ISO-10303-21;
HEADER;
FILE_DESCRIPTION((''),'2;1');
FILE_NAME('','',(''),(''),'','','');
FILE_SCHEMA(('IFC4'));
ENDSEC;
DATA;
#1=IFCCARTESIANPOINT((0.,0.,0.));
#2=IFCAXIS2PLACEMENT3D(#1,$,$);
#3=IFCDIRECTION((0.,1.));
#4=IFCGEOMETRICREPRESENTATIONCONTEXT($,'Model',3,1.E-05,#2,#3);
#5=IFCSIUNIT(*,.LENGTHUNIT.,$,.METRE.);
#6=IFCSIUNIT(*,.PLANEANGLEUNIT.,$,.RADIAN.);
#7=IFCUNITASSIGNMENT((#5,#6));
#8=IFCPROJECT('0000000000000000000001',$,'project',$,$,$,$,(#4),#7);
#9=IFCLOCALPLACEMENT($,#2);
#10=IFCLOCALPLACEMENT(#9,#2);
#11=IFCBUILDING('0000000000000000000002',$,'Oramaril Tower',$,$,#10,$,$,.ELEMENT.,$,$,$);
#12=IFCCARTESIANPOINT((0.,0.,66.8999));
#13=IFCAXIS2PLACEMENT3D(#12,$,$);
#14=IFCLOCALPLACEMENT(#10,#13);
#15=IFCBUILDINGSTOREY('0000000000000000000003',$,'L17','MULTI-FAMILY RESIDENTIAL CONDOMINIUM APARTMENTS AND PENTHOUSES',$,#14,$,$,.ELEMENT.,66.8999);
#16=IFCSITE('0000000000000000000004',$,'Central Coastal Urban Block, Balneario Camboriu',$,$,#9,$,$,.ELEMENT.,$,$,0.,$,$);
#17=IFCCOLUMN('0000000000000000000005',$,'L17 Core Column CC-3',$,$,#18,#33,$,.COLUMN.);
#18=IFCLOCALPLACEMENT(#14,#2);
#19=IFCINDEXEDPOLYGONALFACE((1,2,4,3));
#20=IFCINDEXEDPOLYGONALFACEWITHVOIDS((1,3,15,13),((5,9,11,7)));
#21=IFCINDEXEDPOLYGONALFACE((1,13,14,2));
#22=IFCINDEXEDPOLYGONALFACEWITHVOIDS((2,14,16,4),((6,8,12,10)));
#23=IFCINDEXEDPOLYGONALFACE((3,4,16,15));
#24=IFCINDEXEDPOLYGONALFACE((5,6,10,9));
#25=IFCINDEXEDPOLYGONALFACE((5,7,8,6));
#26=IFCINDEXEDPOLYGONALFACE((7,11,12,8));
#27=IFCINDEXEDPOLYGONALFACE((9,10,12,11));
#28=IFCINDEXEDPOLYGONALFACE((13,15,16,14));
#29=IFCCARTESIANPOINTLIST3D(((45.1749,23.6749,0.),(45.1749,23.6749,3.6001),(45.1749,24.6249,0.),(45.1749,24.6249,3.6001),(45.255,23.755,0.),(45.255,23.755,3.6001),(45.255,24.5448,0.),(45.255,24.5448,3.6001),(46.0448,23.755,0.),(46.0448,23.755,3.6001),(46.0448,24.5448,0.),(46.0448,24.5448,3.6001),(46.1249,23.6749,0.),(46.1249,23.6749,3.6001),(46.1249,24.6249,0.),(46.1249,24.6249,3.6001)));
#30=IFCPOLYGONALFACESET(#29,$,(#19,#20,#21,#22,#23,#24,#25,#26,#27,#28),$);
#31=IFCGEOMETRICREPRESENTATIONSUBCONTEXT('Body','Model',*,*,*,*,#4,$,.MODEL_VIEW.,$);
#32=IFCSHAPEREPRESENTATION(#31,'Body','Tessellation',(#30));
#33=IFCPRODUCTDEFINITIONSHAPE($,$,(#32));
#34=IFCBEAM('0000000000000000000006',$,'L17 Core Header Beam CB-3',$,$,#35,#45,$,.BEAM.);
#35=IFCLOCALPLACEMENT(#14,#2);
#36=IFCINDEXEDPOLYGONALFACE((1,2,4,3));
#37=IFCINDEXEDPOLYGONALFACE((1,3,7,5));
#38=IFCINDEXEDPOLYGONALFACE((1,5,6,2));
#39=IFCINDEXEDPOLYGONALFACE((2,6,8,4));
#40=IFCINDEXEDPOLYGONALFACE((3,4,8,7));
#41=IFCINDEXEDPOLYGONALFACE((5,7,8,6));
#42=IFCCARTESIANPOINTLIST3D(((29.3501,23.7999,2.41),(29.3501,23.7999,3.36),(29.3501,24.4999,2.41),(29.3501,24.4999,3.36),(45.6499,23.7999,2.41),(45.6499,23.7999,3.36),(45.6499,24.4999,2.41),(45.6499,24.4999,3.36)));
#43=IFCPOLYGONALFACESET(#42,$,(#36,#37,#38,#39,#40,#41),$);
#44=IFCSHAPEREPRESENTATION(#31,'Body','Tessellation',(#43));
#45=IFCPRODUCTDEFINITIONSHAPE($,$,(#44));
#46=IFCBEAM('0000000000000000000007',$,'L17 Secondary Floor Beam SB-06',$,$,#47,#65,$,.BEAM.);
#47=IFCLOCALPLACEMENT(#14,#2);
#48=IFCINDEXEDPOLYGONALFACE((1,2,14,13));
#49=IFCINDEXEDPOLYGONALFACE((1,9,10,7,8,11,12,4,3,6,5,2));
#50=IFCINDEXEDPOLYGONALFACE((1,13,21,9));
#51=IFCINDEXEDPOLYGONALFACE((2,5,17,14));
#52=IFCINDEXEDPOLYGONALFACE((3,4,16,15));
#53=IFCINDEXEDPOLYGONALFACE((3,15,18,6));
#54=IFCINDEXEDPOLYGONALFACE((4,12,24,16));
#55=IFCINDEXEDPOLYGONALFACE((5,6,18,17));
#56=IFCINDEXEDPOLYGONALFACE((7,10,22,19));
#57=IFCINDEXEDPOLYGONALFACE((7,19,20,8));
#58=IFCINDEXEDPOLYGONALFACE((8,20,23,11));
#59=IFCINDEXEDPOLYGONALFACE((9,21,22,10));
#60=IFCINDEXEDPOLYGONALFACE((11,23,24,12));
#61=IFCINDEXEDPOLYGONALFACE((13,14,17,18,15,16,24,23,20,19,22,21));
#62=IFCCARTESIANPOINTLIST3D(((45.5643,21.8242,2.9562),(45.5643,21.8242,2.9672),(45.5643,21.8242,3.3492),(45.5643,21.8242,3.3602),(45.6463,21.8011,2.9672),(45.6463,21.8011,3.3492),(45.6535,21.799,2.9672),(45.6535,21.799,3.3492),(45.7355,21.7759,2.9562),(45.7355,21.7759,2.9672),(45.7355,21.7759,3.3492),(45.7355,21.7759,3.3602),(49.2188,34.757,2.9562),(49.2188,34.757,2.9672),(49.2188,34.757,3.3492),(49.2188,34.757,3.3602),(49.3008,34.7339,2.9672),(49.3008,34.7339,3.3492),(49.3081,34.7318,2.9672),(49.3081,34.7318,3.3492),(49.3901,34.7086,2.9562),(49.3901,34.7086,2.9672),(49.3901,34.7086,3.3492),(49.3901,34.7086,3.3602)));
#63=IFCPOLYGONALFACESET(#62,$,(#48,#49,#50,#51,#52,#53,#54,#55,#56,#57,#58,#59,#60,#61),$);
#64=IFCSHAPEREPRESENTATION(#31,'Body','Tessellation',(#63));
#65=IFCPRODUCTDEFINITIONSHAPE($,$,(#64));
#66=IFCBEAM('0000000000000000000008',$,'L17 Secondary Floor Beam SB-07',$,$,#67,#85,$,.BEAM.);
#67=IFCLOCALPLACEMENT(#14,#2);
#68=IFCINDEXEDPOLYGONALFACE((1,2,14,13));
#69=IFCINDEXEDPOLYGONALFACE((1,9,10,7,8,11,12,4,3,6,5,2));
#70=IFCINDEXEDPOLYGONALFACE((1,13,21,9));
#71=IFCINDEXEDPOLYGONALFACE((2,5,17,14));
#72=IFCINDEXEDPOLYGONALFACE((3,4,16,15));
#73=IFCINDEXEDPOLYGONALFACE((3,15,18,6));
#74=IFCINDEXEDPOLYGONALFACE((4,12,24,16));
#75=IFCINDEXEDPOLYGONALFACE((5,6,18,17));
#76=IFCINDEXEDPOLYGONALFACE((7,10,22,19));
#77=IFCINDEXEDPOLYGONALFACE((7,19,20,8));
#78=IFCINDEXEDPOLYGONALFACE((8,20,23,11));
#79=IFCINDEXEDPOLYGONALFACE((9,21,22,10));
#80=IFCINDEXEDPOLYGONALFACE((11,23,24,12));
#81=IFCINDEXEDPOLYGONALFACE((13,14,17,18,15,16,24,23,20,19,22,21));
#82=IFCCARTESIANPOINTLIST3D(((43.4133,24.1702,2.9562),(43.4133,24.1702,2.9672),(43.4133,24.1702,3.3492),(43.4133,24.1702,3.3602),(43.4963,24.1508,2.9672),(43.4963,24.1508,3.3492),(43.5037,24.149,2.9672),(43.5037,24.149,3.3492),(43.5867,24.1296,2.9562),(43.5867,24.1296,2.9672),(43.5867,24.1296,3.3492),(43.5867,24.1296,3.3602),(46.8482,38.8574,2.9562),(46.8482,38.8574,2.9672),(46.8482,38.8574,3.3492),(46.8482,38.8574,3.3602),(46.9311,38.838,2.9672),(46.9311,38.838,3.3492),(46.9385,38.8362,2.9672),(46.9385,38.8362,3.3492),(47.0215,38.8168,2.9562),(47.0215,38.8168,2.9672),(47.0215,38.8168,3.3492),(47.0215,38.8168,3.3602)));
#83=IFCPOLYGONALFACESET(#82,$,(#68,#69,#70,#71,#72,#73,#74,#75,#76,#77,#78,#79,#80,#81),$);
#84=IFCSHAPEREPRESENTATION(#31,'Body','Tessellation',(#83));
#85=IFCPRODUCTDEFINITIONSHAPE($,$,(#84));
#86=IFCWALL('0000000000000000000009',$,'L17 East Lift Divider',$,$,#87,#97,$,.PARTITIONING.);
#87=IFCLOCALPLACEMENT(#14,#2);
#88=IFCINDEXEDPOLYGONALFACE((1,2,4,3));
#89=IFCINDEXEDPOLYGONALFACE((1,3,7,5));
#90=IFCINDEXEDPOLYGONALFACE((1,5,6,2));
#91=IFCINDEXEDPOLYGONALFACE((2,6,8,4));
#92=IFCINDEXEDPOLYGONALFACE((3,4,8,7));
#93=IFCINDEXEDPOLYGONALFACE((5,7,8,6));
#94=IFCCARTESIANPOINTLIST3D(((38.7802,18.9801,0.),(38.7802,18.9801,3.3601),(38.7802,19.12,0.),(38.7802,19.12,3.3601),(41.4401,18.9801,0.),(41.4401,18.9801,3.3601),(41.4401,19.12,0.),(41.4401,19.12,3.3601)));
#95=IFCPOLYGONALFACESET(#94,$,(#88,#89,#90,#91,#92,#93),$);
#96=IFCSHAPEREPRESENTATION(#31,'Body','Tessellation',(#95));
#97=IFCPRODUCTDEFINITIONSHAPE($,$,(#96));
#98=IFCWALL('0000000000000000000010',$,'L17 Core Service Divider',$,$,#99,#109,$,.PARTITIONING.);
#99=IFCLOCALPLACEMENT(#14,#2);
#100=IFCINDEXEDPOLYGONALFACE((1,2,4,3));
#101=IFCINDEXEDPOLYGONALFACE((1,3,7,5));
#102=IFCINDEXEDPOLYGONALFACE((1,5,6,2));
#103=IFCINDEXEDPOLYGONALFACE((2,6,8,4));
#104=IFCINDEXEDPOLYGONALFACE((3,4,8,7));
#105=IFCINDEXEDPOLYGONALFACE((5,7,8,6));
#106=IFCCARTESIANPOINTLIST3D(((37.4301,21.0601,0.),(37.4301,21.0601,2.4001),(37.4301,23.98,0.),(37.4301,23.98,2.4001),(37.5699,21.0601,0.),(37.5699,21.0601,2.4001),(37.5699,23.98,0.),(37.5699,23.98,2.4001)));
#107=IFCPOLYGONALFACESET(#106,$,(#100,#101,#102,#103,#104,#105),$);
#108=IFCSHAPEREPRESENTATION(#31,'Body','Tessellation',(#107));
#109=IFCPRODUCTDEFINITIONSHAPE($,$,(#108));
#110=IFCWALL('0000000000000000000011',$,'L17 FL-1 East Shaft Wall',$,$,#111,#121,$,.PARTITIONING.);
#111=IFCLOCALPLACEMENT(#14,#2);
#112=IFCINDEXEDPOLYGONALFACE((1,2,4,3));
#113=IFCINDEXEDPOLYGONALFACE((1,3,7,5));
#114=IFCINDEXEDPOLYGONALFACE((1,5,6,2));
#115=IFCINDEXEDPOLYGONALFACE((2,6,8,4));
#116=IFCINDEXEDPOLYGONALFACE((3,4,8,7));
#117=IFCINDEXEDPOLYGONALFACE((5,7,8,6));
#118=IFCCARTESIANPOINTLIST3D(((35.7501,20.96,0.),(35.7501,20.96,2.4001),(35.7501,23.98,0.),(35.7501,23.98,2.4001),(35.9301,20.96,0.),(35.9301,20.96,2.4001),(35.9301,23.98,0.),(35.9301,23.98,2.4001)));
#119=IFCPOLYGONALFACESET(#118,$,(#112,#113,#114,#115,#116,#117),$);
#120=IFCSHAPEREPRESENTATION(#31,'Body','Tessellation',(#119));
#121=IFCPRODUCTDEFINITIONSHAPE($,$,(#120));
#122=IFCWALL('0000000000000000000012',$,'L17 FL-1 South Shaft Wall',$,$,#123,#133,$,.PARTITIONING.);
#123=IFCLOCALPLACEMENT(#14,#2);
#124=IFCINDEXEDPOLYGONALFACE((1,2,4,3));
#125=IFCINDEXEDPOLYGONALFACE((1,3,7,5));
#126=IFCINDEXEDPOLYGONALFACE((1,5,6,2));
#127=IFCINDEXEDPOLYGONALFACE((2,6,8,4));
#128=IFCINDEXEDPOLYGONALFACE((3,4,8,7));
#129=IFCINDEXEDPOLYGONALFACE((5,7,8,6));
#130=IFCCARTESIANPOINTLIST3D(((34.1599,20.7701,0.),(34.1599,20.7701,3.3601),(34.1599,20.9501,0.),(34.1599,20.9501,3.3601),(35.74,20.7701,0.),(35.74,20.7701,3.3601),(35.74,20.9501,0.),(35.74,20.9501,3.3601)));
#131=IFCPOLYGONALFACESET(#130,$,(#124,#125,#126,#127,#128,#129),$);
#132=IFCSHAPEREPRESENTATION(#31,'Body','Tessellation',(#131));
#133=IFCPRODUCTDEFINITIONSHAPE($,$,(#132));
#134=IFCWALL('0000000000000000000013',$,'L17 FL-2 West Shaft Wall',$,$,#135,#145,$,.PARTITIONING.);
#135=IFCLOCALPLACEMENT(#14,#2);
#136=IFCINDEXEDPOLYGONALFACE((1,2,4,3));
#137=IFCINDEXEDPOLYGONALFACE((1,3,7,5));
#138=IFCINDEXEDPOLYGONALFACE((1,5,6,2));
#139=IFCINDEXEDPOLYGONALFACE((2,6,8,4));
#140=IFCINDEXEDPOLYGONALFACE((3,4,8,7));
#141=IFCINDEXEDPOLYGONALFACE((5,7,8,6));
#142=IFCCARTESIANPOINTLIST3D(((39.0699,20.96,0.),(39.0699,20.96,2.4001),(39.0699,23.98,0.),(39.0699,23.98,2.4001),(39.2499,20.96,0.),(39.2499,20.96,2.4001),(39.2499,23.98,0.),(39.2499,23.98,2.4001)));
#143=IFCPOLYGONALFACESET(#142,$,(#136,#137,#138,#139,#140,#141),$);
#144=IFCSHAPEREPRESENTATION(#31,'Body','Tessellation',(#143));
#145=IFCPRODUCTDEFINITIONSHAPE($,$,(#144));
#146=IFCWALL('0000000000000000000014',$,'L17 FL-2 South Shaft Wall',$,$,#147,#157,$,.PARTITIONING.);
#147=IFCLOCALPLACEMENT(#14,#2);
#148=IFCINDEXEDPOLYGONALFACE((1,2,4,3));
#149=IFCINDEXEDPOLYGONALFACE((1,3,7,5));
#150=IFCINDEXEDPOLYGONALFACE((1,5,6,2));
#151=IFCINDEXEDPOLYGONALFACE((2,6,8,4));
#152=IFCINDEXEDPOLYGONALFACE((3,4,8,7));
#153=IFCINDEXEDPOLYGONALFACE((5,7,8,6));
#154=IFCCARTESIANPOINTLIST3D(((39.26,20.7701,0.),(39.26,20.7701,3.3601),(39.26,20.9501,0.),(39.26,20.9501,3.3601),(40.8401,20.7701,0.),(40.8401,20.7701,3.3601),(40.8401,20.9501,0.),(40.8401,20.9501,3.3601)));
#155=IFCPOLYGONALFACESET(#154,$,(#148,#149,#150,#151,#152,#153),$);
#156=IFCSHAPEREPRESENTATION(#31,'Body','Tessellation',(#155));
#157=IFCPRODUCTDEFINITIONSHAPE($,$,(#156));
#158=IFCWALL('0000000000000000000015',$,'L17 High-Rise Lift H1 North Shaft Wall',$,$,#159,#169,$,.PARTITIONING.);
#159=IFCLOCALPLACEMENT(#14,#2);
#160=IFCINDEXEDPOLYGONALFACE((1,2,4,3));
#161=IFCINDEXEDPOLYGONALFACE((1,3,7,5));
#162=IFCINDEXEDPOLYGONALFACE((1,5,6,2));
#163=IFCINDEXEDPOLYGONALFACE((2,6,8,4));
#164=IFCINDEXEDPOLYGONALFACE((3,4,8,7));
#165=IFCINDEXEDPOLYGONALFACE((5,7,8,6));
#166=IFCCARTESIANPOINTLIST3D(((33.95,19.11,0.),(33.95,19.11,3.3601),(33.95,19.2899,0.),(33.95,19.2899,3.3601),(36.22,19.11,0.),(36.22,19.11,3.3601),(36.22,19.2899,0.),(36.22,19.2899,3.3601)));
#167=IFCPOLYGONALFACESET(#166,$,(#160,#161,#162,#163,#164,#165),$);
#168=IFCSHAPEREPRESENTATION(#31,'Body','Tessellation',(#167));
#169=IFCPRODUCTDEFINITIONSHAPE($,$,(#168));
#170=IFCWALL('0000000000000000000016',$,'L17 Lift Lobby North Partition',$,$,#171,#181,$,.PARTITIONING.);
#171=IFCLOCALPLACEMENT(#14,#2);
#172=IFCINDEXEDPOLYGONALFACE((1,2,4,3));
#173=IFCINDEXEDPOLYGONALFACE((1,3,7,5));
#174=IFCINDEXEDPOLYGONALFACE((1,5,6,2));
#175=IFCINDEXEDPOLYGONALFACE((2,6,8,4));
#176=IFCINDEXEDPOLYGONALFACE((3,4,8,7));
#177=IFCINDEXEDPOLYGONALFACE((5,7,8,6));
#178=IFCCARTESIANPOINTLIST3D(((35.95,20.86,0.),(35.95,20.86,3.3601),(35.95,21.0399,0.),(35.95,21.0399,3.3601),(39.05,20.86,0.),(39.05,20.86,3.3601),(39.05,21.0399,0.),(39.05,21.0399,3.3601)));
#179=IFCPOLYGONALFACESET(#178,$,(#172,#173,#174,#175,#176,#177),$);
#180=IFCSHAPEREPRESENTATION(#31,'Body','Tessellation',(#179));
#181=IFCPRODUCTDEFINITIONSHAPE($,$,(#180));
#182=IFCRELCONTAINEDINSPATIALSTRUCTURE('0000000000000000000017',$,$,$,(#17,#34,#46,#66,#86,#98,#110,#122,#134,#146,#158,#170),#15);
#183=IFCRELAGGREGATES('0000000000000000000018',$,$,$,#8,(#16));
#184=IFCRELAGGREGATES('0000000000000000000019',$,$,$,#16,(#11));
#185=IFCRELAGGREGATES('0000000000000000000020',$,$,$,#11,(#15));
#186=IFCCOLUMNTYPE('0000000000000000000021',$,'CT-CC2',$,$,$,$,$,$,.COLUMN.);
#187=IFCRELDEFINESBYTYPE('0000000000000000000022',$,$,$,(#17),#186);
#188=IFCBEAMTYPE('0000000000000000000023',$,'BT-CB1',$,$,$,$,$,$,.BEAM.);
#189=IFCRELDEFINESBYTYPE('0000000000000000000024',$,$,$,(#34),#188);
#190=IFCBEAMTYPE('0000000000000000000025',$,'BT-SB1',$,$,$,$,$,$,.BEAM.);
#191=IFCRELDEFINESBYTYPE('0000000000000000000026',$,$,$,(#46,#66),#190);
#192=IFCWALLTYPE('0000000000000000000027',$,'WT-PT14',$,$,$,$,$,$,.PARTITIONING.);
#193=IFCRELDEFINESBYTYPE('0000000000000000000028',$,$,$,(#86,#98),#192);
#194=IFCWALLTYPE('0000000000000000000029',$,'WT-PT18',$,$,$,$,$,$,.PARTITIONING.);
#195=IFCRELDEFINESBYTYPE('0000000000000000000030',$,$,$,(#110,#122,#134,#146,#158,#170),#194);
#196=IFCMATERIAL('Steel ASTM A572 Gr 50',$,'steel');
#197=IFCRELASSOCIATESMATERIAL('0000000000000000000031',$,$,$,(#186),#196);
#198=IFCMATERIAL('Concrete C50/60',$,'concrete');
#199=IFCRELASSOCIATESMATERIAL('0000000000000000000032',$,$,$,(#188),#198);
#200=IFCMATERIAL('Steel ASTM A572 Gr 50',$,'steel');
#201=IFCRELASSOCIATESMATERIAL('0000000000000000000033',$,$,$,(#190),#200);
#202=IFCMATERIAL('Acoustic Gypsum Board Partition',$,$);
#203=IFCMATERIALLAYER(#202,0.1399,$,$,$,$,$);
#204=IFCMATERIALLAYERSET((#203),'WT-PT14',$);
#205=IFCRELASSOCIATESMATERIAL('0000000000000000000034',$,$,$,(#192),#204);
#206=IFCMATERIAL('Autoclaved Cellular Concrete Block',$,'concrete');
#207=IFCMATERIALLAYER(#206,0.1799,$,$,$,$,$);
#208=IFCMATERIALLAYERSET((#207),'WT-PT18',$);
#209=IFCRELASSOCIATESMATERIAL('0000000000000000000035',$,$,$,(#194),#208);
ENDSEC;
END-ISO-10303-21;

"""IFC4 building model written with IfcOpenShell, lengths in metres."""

from ifc_helpers import new_model, si_unit, direction, frame, frame_2d, origin, origin_2d, place, context, subcontext, project, spatial, rectangle, hollow_rectangle, i_section, extrude, material, layer, layer_set, material_profile, profile_set, type_object, element, save


model = new_model("IFC4")

# Units and contexts
model_context = context("Model", 3, precision=1e-05, world=origin(), true_north=direction((0.0, 1.0)))
body_context = subcontext(model_context, "Body", "Model", "MODEL_VIEW")
ifc_project = project(units=[si_unit("LENGTHUNIT", "METRE"), si_unit("PLANEANGLEUNIT", "RADIAN")], contexts=[model_context])

# Site, building, storey
site_placement = place(None, origin())
site = spatial("IfcSite", under=ifc_project, at=site_placement, Name="Central Coastal Urban Block, Balneario Camboriu", CompositionType="ELEMENT", RefElevation=0.0)
building_placement = place(site_placement, origin())
building = spatial("IfcBuilding", under=site, at=building_placement, Name="Oramaril Tower", CompositionType="ELEMENT")
storey_placement = place(building_placement, frame((0.0, 0.0, 66.8999)))
storey = spatial("IfcBuildingStorey", under=building, at=storey_placement, Name="L17", Description="MULTI-FAMILY RESIDENTIAL CONDOMINIUM APARTMENTS AND PENTHOUSES", CompositionType="ELEMENT", Elevation=66.8999)

# Column
ifc_material_1 = material(Name="Steel ASTM A572 Gr 50", Category="steel")
ifc_material_profile_1 = material_profile(ifc_material_1, hollow_rectangle(XDim=0.95, YDim=0.95, WallThickness=0.0801, at=origin_2d()), Name="BOX950X950X80")
ifc_profile_set_1 = profile_set([ifc_material_profile_1], Name="Steel ASTM A572 Gr 50")
column_type = type_object("IfcColumnType", Name="CT-CC2", PredefinedType="COLUMN", material=ifc_profile_set_1)
column_placement = place(storey_placement, frame((45.6499, 24.1499, 0.0), z_axis=(0.0, 0.0, 1.0), x_axis=(1.0, 0.0, 0.0)))
element("IfcColumn", 1, at=column_placement, inside=storey, type_object=column_type, Name="L17 Core Column CC-3", PredefinedType="COLUMN", context=body_context, shape_type="SweptSolid", body=[
    extrude(hollow_rectangle(XDim=0.95, YDim=0.95, WallThickness=0.0801, at=origin_2d()), origin(), (0.0, 0.0, 1.0), 3.6001),
])

# Beams
ifc_material_2 = material(Name="Concrete C50/60", Category="concrete")
ifc_material_profile_2 = material_profile(ifc_material_2, rectangle(XDim=0.7, YDim=0.95, at=origin_2d()), Name="CB700X950")
ifc_profile_set_2 = profile_set([ifc_material_profile_2], Name="Concrete C50/60")
beam_type_1 = type_object("IfcBeamType", Name="BT-CB1", PredefinedType="BEAM", material=ifc_profile_set_2)
beam_1_placement = place(storey_placement, frame((45.6499, 24.1499, 2.885), z_axis=(-1.0, 0.0, 0.0), x_axis=(0.0, -1.0, 0.0)))
element("IfcBeam", 2, at=beam_1_placement, inside=storey, type_object=beam_type_1, Name="L17 Core Header Beam CB-3", PredefinedType="BEAM", context=body_context, shape_type="SweptSolid", body=[
    extrude(rectangle(XDim=0.7, YDim=0.95, at=origin_2d()), origin(), (0.0, 0.0, 1.0), 16.2998),
])
ifc_material_3 = material(Name="Steel ASTM A572 Gr 50", Category="steel")
ifc_material_profile_3 = material_profile(ifc_material_3, i_section(OverallWidth=0.178, OverallDepth=0.4041, WebThickness=0.0076, FlangeThickness=0.011, at=origin_2d()), Name="W16X36")
ifc_profile_set_3 = profile_set([ifc_material_profile_3], Name="Steel ASTM A572 Gr 50")
beam_type_2 = type_object("IfcBeamType", Name="BT-SB1", PredefinedType="BEAM", material=ifc_profile_set_3)
beam_2_placement = place(storey_placement, frame((45.6499, 21.8, 3.1582), z_axis=(0.27193, 0.962317, 0.0), x_axis=(-0.962317, 0.27193, 0.0)))
element("IfcBeam", 3, at=beam_2_placement, inside=storey, type_object=beam_type_2, Name="L17 Secondary Floor Beam SB-06", PredefinedType="BEAM", context=body_context, shape_type="SweptSolid", body=[
    extrude(i_section(OverallWidth=0.178, OverallDepth=0.4041, WebThickness=0.0076, FlangeThickness=0.011, at=origin_2d()), origin(), (0.0, 0.0, 1.0), 13.4392),
])
beam_3_placement = place(storey_placement, frame((43.5, 24.1499, 3.1582), z_axis=(0.227719, 0.973727, 0.0), x_axis=(-0.973727, 0.227719, 0.0)))
element("IfcBeam", 4, at=beam_3_placement, inside=storey, type_object=beam_type_2, Name="L17 Secondary Floor Beam SB-07", PredefinedType="BEAM", context=body_context, shape_type="SweptSolid", body=[
    extrude(i_section(OverallWidth=0.178, OverallDepth=0.4041, WebThickness=0.0076, FlangeThickness=0.011, at=origin_2d()), origin(), (0.0, 0.0, 1.0), 15.0835),
])

# Walls
ifc_material_4 = material(Name="Acoustic Gypsum Board Partition")
ifc_layer_1 = layer(ifc_material_4, 0.1399)
ifc_layer_set_1 = layer_set([ifc_layer_1], Name="WT-PT14")
wall_type_1 = type_object("IfcWallType", Name="WT-PT14", PredefinedType="PARTITIONING", material=ifc_layer_set_1)
wall_1_placement = place(storey_placement, frame((38.78, 19.05, 0.0), z_axis=(0.0, 0.0, 1.0), x_axis=(1.0, 0.0, 0.0)))
element("IfcWall", 5, at=wall_1_placement, inside=storey, type_object=wall_type_1, Name="L17 East Lift Divider", PredefinedType="PARTITIONING", context=body_context, shape_type="SweptSolid", body=[
    extrude(rectangle(XDim=2.6599, YDim=0.1399, at=frame_2d((1.3301, 0.0))), origin(), (0.0, 0.0, 1.0), 3.3601),
])
wall_2_placement = place(storey_placement, frame((37.5, 21.0601, 0.0), z_axis=(0.0, 0.0, 1.0), x_axis=(0.0, 1.0, 0.0)))
element("IfcWall", 6, at=wall_2_placement, inside=storey, type_object=wall_type_1, Name="L17 Core Service Divider", PredefinedType="PARTITIONING", context=body_context, shape_type="SweptSolid", body=[
    extrude(rectangle(XDim=2.9199, YDim=0.1399, at=frame_2d((1.46, 0.0))), origin(), (0.0, 0.0, 1.0), 2.4001),
])
ifc_material_5 = material(Name="Autoclaved Cellular Concrete Block", Category="concrete")
ifc_layer_2 = layer(ifc_material_5, 0.1799)
ifc_layer_set_2 = layer_set([ifc_layer_2], Name="WT-PT18")
wall_type_2 = type_object("IfcWallType", Name="WT-PT18", PredefinedType="PARTITIONING", material=ifc_layer_set_2)
wall_3_placement = place(storey_placement, frame((35.8401, 20.96, 0.0), z_axis=(0.0, 0.0, 1.0), x_axis=(0.0, 1.0, 0.0)))
element("IfcWall", 7, at=wall_3_placement, inside=storey, type_object=wall_type_2, Name="L17 FL-1 East Shaft Wall", PredefinedType="PARTITIONING", context=body_context, shape_type="SweptSolid", body=[
    extrude(rectangle(XDim=3.02, YDim=0.1799, at=frame_2d((1.51, 0.0))), origin(), (0.0, 0.0, 1.0), 2.4001),
])
wall_4_placement = place(storey_placement, frame((34.1599, 20.8601, 0.0), z_axis=(0.0, 0.0, 1.0), x_axis=(1.0, 0.0, 0.0)))
element("IfcWall", 8, at=wall_4_placement, inside=storey, type_object=wall_type_2, Name="L17 FL-1 South Shaft Wall", PredefinedType="PARTITIONING", context=body_context, shape_type="SweptSolid", body=[
    extrude(rectangle(XDim=1.5801, YDim=0.1799, at=frame_2d((0.79, 0.0))), origin(), (0.0, 0.0, 1.0), 3.3601),
])
wall_5_placement = place(storey_placement, frame((39.1599, 20.96, 0.0), z_axis=(0.0, 0.0, 1.0), x_axis=(0.0, 1.0, 0.0)))
element("IfcWall", 9, at=wall_5_placement, inside=storey, type_object=wall_type_2, Name="L17 FL-2 West Shaft Wall", PredefinedType="PARTITIONING", context=body_context, shape_type="SweptSolid", body=[
    extrude(rectangle(XDim=3.02, YDim=0.1799, at=frame_2d((1.51, 0.0))), origin(), (0.0, 0.0, 1.0), 2.4001),
])
wall_6_placement = place(storey_placement, frame((39.26, 20.8601, 0.0), z_axis=(0.0, 0.0, 1.0), x_axis=(1.0, 0.0, 0.0)))
element("IfcWall", 10, at=wall_6_placement, inside=storey, type_object=wall_type_2, Name="L17 FL-2 South Shaft Wall", PredefinedType="PARTITIONING", context=body_context, shape_type="SweptSolid", body=[
    extrude(rectangle(XDim=1.5801, YDim=0.1799, at=frame_2d((0.79, 0.0))), origin(), (0.0, 0.0, 1.0), 3.3601),
])
wall_7_placement = place(storey_placement, frame((33.95, 19.2, 0.0), z_axis=(0.0, 0.0, 1.0), x_axis=(1.0, 0.0, 0.0)))
element("IfcWall", 11, at=wall_7_placement, inside=storey, type_object=wall_type_2, Name="L17 High-Rise Lift H1 North Shaft Wall", PredefinedType="PARTITIONING", context=body_context, shape_type="SweptSolid", body=[
    extrude(rectangle(XDim=2.27, YDim=0.1799, at=frame_2d((1.135, 0.0))), origin(), (0.0, 0.0, 1.0), 3.3601),
])
wall_8_placement = place(storey_placement, frame((35.95, 20.95, 0.0), z_axis=(0.0, 0.0, 1.0), x_axis=(1.0, 0.0, 0.0)))
element("IfcWall", 12, at=wall_8_placement, inside=storey, type_object=wall_type_2, Name="L17 Lift Lobby North Partition", PredefinedType="PARTITIONING", context=body_context, shape_type="SweptSolid", body=[
    extrude(rectangle(XDim=3.1001, YDim=0.1799, at=frame_2d((1.55, 0.0))), origin(), (0.0, 0.0, 1.0), 3.3601),
])

save(model, "model.ifc")
